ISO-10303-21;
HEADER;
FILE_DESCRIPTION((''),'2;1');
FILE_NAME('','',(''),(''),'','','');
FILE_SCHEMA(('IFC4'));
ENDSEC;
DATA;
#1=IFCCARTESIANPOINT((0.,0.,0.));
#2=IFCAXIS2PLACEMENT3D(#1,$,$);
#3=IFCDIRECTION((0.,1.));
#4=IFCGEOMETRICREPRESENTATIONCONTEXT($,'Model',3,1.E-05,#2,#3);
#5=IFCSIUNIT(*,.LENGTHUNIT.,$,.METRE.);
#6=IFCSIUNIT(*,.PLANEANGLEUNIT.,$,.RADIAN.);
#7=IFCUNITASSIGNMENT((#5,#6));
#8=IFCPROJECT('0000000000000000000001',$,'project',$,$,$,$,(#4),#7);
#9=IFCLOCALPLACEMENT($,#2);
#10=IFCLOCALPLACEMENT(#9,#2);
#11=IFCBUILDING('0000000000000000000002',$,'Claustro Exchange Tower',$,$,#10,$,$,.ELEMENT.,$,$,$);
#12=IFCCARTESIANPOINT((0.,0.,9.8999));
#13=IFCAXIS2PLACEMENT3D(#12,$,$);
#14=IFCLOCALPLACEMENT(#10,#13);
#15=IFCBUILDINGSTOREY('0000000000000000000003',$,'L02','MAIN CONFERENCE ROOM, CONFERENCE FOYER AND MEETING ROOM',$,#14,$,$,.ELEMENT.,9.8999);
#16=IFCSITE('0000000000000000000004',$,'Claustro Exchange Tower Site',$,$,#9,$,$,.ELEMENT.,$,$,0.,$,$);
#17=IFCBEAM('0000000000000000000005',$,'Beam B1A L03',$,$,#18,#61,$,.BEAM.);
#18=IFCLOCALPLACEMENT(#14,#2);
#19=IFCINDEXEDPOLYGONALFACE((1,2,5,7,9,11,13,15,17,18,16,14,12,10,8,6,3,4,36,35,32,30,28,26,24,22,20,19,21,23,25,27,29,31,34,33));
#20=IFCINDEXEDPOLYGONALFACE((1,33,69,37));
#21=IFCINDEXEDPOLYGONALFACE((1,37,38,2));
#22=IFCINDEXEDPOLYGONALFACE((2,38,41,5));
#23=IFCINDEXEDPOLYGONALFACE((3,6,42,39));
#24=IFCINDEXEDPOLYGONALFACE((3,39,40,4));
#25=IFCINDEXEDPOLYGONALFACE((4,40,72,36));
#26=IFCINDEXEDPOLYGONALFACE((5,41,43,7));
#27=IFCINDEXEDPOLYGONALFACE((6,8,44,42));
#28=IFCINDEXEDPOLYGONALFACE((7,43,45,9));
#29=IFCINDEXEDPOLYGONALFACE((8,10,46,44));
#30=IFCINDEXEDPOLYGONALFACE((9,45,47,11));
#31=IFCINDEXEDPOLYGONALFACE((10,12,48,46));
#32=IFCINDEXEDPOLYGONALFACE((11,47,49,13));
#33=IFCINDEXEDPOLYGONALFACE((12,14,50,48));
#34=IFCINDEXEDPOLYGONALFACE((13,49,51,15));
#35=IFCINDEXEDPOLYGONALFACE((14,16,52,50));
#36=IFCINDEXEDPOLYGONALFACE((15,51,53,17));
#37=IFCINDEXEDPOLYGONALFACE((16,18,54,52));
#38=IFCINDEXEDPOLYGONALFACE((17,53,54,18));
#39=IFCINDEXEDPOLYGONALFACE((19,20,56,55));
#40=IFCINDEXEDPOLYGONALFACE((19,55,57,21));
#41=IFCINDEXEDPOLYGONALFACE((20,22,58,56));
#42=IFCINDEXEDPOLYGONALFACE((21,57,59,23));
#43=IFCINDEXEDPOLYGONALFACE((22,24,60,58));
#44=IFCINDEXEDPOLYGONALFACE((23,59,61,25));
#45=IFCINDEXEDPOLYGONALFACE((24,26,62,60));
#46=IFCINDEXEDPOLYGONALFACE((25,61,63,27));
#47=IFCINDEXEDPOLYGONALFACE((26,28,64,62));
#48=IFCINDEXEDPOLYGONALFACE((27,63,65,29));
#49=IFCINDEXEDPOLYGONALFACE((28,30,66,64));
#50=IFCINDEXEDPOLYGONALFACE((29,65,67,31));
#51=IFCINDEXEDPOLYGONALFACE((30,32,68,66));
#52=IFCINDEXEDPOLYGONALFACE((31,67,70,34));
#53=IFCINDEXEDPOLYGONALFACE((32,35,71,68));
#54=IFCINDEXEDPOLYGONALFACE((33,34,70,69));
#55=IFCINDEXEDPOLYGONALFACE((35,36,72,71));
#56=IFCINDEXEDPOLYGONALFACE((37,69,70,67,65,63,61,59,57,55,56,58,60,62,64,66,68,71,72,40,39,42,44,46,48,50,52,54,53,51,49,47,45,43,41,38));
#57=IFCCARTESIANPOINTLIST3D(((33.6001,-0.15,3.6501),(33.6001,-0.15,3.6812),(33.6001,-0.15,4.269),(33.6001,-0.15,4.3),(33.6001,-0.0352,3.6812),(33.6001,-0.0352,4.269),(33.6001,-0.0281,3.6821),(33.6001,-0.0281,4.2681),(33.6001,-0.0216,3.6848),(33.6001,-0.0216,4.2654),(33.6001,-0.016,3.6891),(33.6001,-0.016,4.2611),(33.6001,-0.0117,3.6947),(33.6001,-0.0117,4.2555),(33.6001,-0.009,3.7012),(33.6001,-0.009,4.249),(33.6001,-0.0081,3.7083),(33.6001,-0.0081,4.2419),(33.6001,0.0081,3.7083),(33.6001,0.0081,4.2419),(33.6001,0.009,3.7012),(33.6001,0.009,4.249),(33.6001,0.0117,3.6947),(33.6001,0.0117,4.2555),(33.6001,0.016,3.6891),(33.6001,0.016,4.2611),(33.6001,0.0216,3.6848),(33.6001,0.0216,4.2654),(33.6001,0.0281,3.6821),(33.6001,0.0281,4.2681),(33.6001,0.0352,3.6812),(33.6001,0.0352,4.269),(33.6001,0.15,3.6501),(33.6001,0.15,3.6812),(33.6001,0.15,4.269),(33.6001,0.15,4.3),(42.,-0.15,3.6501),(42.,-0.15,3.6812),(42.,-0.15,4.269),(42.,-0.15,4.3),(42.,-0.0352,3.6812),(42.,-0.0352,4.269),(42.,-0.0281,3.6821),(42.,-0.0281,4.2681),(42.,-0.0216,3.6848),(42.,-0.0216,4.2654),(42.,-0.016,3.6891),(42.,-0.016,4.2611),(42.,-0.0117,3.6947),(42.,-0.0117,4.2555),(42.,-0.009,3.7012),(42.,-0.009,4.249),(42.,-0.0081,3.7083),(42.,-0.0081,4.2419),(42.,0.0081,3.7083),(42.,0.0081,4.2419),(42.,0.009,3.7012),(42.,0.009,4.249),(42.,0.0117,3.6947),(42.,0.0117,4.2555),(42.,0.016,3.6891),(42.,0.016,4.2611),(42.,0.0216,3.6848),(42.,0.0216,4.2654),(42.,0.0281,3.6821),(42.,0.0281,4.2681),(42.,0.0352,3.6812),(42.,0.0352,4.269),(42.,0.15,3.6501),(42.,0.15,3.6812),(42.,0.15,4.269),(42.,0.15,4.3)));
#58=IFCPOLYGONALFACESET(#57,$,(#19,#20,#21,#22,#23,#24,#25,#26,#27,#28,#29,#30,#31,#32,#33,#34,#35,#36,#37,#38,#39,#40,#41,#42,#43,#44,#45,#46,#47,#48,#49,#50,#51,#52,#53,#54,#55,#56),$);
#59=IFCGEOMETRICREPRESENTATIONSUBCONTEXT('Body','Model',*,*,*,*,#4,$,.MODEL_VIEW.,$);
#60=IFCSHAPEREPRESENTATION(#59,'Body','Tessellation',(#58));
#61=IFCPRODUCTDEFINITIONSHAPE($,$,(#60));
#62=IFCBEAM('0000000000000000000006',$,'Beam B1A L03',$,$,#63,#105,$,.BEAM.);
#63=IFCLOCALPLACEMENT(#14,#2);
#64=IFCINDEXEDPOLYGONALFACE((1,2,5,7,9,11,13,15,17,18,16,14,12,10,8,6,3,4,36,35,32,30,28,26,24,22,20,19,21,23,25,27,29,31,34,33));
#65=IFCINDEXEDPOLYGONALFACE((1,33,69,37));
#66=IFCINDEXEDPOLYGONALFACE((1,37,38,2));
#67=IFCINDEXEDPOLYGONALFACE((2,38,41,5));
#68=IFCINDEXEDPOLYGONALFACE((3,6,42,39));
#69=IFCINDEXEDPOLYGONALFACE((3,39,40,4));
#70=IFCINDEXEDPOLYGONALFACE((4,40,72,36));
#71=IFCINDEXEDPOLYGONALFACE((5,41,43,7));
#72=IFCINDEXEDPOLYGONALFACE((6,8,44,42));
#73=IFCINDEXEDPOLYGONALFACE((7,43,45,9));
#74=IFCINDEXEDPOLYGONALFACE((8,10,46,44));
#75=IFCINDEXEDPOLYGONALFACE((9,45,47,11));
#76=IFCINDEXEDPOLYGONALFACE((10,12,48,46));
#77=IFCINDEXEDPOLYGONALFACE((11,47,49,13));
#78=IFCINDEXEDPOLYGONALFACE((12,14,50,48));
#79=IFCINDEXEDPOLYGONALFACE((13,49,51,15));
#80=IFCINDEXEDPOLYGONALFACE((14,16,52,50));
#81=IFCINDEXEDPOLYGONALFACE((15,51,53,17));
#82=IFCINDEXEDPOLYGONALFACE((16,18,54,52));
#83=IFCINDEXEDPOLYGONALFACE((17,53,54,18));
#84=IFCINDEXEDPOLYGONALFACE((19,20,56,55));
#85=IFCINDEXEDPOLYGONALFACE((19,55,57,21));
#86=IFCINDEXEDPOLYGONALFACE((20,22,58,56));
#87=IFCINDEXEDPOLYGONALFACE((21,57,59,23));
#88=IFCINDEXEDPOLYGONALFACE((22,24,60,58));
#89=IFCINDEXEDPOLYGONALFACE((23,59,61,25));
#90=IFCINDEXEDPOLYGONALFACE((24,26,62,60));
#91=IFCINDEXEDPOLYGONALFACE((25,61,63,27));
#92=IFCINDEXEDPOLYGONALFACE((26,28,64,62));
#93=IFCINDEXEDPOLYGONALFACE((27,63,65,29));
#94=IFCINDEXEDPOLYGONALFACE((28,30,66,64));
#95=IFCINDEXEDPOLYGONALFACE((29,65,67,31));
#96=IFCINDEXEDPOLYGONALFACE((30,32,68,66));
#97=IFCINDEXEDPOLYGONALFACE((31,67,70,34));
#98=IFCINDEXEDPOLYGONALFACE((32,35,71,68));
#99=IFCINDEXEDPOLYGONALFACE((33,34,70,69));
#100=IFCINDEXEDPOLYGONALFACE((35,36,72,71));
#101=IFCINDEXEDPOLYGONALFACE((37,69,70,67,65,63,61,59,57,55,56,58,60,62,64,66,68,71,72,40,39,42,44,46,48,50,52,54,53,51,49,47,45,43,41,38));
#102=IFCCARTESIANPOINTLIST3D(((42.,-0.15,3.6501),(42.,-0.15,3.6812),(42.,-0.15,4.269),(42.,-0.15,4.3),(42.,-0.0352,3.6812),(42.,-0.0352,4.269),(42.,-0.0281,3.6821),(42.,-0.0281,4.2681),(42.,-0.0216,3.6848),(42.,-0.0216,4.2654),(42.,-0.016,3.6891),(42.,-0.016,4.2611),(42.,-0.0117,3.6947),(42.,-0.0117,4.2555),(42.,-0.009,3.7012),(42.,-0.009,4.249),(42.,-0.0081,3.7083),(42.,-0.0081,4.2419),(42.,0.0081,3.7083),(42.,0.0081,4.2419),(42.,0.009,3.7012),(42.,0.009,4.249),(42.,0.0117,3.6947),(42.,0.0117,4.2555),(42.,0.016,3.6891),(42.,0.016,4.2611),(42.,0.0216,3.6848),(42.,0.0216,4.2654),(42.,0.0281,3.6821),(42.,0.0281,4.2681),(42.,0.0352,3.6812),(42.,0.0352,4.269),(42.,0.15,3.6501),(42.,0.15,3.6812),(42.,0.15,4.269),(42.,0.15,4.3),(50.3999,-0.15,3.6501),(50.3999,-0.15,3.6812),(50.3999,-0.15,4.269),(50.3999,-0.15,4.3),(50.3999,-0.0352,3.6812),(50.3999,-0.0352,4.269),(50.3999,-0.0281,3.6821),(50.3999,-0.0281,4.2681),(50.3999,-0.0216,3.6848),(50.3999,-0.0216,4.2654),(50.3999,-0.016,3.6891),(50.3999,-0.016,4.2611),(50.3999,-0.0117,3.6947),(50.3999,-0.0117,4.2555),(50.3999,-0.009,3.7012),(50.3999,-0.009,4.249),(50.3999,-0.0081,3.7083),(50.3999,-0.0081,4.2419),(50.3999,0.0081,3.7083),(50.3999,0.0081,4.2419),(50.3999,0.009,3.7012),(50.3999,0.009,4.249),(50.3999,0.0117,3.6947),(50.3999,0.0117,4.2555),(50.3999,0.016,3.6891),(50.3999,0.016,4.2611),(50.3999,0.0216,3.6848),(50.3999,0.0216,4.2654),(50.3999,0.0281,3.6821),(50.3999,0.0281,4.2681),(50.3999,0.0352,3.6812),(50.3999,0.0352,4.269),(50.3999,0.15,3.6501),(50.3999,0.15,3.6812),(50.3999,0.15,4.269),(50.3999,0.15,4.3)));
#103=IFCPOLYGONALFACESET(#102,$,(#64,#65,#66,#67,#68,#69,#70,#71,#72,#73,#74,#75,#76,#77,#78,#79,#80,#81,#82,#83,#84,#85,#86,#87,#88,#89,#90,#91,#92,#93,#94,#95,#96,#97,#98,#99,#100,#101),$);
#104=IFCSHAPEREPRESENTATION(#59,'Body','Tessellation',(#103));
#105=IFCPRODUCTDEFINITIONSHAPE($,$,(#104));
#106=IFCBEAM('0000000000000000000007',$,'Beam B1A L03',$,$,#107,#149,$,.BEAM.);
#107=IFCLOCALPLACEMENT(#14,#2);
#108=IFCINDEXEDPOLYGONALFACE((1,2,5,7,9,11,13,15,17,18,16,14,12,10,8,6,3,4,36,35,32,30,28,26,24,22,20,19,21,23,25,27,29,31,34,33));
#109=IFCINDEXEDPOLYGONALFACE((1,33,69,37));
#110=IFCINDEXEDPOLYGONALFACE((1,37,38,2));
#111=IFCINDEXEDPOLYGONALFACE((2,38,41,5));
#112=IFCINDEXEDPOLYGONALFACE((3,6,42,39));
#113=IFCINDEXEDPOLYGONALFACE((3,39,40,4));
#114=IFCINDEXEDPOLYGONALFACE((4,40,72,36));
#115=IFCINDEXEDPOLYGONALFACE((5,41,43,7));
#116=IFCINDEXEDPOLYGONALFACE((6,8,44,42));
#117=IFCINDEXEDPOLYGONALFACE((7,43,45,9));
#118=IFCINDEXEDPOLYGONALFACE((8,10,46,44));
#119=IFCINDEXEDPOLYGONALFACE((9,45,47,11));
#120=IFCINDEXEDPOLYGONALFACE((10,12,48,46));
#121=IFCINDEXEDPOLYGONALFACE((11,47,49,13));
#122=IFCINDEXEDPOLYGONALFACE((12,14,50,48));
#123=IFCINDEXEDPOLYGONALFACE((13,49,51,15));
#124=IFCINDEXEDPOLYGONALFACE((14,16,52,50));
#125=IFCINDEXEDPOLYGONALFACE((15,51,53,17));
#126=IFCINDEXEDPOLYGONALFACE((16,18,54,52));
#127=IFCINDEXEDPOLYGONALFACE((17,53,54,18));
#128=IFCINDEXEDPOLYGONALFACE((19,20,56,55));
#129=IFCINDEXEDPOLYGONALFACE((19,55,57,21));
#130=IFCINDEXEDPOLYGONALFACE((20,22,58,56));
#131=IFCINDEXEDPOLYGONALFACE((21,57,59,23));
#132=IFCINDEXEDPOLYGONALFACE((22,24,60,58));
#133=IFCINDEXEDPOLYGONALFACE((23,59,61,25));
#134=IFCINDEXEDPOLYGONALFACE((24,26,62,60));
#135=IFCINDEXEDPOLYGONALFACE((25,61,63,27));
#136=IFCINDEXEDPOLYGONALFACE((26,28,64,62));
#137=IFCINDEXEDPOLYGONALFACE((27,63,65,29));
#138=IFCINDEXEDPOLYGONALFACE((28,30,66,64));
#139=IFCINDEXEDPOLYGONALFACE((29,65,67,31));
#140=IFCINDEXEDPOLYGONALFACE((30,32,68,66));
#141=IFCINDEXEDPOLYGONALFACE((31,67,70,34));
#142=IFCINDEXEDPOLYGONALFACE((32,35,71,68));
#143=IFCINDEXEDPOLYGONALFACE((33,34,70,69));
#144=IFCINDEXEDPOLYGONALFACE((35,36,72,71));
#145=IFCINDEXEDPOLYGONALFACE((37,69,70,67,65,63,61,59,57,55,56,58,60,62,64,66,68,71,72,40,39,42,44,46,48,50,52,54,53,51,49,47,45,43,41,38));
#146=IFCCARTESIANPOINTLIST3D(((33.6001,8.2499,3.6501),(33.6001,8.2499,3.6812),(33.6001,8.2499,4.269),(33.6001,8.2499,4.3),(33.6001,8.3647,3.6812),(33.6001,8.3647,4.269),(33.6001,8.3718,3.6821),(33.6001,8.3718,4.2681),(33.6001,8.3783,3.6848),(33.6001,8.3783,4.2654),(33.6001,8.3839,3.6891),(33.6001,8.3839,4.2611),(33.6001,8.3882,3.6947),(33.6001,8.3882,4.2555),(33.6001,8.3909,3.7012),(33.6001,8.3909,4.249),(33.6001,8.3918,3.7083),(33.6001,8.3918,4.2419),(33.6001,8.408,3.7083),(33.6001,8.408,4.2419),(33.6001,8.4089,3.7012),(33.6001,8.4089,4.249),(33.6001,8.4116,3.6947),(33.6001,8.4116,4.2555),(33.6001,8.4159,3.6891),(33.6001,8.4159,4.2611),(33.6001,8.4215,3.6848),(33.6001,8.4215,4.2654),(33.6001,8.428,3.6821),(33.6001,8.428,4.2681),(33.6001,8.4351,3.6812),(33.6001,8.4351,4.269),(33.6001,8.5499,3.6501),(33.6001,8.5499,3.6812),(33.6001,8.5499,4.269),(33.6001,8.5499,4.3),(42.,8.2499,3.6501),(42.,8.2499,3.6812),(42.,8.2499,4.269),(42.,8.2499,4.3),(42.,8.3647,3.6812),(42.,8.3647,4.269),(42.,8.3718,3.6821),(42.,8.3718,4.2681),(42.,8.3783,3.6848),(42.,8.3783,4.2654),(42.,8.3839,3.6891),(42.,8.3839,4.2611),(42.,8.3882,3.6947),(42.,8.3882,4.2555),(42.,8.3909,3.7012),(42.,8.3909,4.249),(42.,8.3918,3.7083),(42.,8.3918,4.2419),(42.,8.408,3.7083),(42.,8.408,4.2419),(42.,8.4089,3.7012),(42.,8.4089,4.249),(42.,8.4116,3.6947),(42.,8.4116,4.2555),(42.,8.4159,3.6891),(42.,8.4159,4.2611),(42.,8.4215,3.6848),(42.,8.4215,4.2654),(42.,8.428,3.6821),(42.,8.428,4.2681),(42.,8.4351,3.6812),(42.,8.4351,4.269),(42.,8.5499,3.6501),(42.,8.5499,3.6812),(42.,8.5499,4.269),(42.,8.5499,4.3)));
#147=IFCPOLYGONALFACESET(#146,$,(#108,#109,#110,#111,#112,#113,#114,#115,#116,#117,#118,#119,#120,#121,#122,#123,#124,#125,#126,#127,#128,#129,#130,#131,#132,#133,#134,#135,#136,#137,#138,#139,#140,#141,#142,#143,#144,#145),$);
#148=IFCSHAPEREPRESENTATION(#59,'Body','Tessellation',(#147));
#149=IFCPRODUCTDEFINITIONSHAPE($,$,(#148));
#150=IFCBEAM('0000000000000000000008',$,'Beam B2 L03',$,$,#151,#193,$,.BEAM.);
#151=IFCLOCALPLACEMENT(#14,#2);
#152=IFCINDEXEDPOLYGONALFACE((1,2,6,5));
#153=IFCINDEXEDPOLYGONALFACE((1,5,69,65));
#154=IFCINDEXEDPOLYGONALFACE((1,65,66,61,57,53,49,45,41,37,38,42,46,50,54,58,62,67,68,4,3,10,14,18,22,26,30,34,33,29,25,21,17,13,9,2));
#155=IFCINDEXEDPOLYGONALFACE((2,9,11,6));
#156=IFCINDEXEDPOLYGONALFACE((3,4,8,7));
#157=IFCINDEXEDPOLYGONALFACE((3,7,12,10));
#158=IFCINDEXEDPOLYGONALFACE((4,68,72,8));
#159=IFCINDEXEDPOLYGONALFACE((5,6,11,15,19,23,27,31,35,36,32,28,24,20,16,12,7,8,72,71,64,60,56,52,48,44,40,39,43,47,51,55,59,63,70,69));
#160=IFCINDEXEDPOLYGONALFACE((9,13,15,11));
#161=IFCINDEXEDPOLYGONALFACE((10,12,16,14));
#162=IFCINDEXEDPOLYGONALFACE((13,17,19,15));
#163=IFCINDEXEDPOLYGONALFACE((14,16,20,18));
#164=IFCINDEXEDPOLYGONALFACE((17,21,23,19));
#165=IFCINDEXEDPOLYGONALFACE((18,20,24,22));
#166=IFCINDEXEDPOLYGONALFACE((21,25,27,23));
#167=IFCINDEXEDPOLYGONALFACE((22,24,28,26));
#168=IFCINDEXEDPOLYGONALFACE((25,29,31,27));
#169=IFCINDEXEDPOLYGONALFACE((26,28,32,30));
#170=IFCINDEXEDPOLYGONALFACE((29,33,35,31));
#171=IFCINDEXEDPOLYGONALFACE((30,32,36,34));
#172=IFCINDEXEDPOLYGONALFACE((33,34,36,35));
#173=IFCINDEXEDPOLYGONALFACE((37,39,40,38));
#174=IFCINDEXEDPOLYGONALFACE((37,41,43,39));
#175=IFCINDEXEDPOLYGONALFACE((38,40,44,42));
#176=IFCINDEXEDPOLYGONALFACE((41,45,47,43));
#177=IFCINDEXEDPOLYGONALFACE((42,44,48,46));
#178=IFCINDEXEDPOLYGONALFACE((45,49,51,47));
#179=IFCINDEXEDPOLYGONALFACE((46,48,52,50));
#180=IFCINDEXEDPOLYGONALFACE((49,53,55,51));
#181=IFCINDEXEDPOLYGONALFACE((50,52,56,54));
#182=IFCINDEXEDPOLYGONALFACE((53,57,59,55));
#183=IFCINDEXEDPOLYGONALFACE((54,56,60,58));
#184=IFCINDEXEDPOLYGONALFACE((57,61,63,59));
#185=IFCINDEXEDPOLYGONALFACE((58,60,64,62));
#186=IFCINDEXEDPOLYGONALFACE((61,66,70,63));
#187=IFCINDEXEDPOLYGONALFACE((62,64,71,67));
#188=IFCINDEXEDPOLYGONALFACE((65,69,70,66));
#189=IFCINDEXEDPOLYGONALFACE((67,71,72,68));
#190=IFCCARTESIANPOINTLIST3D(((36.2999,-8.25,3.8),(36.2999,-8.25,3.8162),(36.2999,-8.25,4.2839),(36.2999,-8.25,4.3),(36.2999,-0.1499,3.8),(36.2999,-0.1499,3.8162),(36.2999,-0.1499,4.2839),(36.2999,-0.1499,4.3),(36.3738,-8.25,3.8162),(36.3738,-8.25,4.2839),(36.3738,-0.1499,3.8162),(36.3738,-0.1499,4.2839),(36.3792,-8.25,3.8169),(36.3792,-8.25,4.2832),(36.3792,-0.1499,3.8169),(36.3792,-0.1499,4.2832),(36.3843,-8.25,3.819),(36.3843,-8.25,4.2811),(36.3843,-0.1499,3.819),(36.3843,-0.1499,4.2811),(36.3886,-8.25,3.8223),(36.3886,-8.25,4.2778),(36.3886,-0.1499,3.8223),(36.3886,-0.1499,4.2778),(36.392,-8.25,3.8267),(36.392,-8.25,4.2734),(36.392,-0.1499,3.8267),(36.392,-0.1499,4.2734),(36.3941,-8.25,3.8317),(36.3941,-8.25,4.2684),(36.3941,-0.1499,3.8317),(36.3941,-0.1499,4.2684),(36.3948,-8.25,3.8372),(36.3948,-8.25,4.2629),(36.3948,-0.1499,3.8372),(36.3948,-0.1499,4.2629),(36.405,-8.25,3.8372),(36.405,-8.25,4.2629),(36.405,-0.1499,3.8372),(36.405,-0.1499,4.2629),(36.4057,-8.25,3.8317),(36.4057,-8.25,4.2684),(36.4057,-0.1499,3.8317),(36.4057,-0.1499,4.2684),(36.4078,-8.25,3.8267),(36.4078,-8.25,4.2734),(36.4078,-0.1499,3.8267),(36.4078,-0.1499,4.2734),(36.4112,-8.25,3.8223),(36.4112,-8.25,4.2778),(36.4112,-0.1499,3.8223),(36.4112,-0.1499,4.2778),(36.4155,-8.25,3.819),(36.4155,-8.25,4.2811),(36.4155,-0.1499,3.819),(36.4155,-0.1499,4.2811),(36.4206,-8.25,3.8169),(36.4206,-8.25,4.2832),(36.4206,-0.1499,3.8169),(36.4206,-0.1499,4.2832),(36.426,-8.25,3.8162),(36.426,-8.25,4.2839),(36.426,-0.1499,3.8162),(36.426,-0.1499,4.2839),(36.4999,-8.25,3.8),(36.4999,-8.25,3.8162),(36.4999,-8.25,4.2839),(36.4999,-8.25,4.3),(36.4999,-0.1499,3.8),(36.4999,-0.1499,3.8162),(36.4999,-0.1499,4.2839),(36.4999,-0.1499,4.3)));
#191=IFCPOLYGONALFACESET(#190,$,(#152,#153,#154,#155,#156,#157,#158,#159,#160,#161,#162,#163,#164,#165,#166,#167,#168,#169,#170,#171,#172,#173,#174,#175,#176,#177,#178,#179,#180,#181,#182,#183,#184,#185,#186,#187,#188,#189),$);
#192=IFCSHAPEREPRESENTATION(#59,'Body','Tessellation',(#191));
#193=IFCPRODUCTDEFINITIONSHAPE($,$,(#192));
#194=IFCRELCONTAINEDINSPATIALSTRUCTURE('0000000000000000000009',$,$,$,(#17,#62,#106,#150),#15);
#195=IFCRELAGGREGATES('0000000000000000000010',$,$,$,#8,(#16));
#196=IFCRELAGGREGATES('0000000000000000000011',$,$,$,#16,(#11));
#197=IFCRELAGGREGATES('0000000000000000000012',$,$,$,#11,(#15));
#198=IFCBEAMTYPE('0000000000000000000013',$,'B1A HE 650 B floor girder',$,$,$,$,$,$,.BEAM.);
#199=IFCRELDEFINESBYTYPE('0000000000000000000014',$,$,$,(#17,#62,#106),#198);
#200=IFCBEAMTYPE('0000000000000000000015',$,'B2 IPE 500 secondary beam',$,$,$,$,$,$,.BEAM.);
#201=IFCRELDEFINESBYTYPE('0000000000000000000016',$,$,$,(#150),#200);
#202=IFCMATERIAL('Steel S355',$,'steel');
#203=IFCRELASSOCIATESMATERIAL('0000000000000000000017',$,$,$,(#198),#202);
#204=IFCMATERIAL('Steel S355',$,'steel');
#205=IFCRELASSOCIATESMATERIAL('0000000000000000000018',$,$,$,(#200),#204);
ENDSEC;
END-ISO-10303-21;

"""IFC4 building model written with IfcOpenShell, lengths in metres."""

from ifc_helpers import new_model, si_unit, direction, frame, origin, origin_2d, place, context, subcontext, project, spatial, i_section, extrude, material, material_profile, profile_set, type_object, element, save


model = new_model("IFC4")

# Units and contexts
model_context = context("Model", 3, precision=1e-05, world=origin(), true_north=direction((0.0, 1.0)))
body_context = subcontext(model_context, "Body", "Model", "MODEL_VIEW")
ifc_project = project(units=[si_unit("LENGTHUNIT", "METRE"), si_unit("PLANEANGLEUNIT", "RADIAN")], contexts=[model_context])

# Site, building, storey
site_placement = place(None, origin())
site = spatial("IfcSite", under=ifc_project, at=site_placement, Name="Claustro Exchange Tower Site", CompositionType="ELEMENT", RefElevation=0.0)
building_placement = place(site_placement, origin())
building = spatial("IfcBuilding", under=site, at=building_placement, Name="Claustro Exchange Tower", CompositionType="ELEMENT")
storey_placement = place(building_placement, frame((0.0, 0.0, 9.8999)))
storey = spatial("IfcBuildingStorey", under=building, at=storey_placement, Name="L02", Description="MAIN CONFERENCE ROOM, CONFERENCE FOYER AND MEETING ROOM", CompositionType="ELEMENT", Elevation=9.8999)

# Beams
ifc_material_1 = material(Name="Steel S355", Category="steel")
ifc_material_profile_1 = material_profile(ifc_material_1, i_section(OverallWidth=0.3, OverallDepth=0.6499, WebThickness=0.0161, FlangeThickness=0.031, FilletRadius=0.0271, at=origin_2d()), Name="HE 650 B")
ifc_profile_set_1 = profile_set([ifc_material_profile_1], Name="Steel S355")
beam_type_1 = type_object("IfcBeamType", Name="B1A HE 650 B floor girder", PredefinedType="BEAM", material=ifc_profile_set_1)
for number, where, z_axis, x_axis, name in (
    (1, (33.6001, 0.0, 3.9751), (1.0, 0.0, 0.0), (0.0, 1.0, 0.0), "Beam B1A L03"),
    (2, (42.0, 0.0, 3.9751), (1.0, 0.0, 0.0), (0.0, 1.0, 0.0), "Beam B1A L03"),
    (3, (33.6001, 8.3999, 3.9751), (1.0, 0.0, 0.0), (0.0, 1.0, 0.0), "Beam B1A L03"),
):
    element("IfcBeam", number, at=place(storey_placement, frame(where, z_axis=z_axis, x_axis=x_axis)), inside=storey, type_object=beam_type_1, Name=name, PredefinedType="BEAM", context=body_context, shape_type="SweptSolid", body=[
        extrude(i_section(OverallWidth=0.3, OverallDepth=0.6499, WebThickness=0.0161, FlangeThickness=0.031, FilletRadius=0.0271, at=origin_2d()), origin(), (0.0, 0.0, 1.0), 8.3999),
    ])
ifc_material_2 = material(Name="Steel S355", Category="steel")
ifc_material_profile_2 = material_profile(ifc_material_2, i_section(OverallWidth=0.2, OverallDepth=0.5, WebThickness=0.0103, FlangeThickness=0.0161, FilletRadius=0.021, at=origin_2d()), Name="IPE 500")
ifc_profile_set_2 = profile_set([ifc_material_profile_2], Name="Steel S355")
beam_type_2 = type_object("IfcBeamType", Name="B2 IPE 500 secondary beam", PredefinedType="BEAM", material=ifc_profile_set_2)
for number, where, z_axis, x_axis, name in (
    (4, (36.3999, -8.25, 4.05), (0.0, 1.0, 0.0), (-1.0, 0.0, 0.0), "Beam B2 L03"),
):
    element("IfcBeam", number, at=place(storey_placement, frame(where, z_axis=z_axis, x_axis=x_axis)), inside=storey, type_object=beam_type_2, Name=name, PredefinedType="BEAM", context=body_context, shape_type="SweptSolid", body=[
        extrude(i_section(OverallWidth=0.2, OverallDepth=0.5, WebThickness=0.0103, FlangeThickness=0.0161, FilletRadius=0.021, at=origin_2d()), origin(), (0.0, 0.0, 1.0), 8.1001),
    ])

save(model, "model.ifc")
